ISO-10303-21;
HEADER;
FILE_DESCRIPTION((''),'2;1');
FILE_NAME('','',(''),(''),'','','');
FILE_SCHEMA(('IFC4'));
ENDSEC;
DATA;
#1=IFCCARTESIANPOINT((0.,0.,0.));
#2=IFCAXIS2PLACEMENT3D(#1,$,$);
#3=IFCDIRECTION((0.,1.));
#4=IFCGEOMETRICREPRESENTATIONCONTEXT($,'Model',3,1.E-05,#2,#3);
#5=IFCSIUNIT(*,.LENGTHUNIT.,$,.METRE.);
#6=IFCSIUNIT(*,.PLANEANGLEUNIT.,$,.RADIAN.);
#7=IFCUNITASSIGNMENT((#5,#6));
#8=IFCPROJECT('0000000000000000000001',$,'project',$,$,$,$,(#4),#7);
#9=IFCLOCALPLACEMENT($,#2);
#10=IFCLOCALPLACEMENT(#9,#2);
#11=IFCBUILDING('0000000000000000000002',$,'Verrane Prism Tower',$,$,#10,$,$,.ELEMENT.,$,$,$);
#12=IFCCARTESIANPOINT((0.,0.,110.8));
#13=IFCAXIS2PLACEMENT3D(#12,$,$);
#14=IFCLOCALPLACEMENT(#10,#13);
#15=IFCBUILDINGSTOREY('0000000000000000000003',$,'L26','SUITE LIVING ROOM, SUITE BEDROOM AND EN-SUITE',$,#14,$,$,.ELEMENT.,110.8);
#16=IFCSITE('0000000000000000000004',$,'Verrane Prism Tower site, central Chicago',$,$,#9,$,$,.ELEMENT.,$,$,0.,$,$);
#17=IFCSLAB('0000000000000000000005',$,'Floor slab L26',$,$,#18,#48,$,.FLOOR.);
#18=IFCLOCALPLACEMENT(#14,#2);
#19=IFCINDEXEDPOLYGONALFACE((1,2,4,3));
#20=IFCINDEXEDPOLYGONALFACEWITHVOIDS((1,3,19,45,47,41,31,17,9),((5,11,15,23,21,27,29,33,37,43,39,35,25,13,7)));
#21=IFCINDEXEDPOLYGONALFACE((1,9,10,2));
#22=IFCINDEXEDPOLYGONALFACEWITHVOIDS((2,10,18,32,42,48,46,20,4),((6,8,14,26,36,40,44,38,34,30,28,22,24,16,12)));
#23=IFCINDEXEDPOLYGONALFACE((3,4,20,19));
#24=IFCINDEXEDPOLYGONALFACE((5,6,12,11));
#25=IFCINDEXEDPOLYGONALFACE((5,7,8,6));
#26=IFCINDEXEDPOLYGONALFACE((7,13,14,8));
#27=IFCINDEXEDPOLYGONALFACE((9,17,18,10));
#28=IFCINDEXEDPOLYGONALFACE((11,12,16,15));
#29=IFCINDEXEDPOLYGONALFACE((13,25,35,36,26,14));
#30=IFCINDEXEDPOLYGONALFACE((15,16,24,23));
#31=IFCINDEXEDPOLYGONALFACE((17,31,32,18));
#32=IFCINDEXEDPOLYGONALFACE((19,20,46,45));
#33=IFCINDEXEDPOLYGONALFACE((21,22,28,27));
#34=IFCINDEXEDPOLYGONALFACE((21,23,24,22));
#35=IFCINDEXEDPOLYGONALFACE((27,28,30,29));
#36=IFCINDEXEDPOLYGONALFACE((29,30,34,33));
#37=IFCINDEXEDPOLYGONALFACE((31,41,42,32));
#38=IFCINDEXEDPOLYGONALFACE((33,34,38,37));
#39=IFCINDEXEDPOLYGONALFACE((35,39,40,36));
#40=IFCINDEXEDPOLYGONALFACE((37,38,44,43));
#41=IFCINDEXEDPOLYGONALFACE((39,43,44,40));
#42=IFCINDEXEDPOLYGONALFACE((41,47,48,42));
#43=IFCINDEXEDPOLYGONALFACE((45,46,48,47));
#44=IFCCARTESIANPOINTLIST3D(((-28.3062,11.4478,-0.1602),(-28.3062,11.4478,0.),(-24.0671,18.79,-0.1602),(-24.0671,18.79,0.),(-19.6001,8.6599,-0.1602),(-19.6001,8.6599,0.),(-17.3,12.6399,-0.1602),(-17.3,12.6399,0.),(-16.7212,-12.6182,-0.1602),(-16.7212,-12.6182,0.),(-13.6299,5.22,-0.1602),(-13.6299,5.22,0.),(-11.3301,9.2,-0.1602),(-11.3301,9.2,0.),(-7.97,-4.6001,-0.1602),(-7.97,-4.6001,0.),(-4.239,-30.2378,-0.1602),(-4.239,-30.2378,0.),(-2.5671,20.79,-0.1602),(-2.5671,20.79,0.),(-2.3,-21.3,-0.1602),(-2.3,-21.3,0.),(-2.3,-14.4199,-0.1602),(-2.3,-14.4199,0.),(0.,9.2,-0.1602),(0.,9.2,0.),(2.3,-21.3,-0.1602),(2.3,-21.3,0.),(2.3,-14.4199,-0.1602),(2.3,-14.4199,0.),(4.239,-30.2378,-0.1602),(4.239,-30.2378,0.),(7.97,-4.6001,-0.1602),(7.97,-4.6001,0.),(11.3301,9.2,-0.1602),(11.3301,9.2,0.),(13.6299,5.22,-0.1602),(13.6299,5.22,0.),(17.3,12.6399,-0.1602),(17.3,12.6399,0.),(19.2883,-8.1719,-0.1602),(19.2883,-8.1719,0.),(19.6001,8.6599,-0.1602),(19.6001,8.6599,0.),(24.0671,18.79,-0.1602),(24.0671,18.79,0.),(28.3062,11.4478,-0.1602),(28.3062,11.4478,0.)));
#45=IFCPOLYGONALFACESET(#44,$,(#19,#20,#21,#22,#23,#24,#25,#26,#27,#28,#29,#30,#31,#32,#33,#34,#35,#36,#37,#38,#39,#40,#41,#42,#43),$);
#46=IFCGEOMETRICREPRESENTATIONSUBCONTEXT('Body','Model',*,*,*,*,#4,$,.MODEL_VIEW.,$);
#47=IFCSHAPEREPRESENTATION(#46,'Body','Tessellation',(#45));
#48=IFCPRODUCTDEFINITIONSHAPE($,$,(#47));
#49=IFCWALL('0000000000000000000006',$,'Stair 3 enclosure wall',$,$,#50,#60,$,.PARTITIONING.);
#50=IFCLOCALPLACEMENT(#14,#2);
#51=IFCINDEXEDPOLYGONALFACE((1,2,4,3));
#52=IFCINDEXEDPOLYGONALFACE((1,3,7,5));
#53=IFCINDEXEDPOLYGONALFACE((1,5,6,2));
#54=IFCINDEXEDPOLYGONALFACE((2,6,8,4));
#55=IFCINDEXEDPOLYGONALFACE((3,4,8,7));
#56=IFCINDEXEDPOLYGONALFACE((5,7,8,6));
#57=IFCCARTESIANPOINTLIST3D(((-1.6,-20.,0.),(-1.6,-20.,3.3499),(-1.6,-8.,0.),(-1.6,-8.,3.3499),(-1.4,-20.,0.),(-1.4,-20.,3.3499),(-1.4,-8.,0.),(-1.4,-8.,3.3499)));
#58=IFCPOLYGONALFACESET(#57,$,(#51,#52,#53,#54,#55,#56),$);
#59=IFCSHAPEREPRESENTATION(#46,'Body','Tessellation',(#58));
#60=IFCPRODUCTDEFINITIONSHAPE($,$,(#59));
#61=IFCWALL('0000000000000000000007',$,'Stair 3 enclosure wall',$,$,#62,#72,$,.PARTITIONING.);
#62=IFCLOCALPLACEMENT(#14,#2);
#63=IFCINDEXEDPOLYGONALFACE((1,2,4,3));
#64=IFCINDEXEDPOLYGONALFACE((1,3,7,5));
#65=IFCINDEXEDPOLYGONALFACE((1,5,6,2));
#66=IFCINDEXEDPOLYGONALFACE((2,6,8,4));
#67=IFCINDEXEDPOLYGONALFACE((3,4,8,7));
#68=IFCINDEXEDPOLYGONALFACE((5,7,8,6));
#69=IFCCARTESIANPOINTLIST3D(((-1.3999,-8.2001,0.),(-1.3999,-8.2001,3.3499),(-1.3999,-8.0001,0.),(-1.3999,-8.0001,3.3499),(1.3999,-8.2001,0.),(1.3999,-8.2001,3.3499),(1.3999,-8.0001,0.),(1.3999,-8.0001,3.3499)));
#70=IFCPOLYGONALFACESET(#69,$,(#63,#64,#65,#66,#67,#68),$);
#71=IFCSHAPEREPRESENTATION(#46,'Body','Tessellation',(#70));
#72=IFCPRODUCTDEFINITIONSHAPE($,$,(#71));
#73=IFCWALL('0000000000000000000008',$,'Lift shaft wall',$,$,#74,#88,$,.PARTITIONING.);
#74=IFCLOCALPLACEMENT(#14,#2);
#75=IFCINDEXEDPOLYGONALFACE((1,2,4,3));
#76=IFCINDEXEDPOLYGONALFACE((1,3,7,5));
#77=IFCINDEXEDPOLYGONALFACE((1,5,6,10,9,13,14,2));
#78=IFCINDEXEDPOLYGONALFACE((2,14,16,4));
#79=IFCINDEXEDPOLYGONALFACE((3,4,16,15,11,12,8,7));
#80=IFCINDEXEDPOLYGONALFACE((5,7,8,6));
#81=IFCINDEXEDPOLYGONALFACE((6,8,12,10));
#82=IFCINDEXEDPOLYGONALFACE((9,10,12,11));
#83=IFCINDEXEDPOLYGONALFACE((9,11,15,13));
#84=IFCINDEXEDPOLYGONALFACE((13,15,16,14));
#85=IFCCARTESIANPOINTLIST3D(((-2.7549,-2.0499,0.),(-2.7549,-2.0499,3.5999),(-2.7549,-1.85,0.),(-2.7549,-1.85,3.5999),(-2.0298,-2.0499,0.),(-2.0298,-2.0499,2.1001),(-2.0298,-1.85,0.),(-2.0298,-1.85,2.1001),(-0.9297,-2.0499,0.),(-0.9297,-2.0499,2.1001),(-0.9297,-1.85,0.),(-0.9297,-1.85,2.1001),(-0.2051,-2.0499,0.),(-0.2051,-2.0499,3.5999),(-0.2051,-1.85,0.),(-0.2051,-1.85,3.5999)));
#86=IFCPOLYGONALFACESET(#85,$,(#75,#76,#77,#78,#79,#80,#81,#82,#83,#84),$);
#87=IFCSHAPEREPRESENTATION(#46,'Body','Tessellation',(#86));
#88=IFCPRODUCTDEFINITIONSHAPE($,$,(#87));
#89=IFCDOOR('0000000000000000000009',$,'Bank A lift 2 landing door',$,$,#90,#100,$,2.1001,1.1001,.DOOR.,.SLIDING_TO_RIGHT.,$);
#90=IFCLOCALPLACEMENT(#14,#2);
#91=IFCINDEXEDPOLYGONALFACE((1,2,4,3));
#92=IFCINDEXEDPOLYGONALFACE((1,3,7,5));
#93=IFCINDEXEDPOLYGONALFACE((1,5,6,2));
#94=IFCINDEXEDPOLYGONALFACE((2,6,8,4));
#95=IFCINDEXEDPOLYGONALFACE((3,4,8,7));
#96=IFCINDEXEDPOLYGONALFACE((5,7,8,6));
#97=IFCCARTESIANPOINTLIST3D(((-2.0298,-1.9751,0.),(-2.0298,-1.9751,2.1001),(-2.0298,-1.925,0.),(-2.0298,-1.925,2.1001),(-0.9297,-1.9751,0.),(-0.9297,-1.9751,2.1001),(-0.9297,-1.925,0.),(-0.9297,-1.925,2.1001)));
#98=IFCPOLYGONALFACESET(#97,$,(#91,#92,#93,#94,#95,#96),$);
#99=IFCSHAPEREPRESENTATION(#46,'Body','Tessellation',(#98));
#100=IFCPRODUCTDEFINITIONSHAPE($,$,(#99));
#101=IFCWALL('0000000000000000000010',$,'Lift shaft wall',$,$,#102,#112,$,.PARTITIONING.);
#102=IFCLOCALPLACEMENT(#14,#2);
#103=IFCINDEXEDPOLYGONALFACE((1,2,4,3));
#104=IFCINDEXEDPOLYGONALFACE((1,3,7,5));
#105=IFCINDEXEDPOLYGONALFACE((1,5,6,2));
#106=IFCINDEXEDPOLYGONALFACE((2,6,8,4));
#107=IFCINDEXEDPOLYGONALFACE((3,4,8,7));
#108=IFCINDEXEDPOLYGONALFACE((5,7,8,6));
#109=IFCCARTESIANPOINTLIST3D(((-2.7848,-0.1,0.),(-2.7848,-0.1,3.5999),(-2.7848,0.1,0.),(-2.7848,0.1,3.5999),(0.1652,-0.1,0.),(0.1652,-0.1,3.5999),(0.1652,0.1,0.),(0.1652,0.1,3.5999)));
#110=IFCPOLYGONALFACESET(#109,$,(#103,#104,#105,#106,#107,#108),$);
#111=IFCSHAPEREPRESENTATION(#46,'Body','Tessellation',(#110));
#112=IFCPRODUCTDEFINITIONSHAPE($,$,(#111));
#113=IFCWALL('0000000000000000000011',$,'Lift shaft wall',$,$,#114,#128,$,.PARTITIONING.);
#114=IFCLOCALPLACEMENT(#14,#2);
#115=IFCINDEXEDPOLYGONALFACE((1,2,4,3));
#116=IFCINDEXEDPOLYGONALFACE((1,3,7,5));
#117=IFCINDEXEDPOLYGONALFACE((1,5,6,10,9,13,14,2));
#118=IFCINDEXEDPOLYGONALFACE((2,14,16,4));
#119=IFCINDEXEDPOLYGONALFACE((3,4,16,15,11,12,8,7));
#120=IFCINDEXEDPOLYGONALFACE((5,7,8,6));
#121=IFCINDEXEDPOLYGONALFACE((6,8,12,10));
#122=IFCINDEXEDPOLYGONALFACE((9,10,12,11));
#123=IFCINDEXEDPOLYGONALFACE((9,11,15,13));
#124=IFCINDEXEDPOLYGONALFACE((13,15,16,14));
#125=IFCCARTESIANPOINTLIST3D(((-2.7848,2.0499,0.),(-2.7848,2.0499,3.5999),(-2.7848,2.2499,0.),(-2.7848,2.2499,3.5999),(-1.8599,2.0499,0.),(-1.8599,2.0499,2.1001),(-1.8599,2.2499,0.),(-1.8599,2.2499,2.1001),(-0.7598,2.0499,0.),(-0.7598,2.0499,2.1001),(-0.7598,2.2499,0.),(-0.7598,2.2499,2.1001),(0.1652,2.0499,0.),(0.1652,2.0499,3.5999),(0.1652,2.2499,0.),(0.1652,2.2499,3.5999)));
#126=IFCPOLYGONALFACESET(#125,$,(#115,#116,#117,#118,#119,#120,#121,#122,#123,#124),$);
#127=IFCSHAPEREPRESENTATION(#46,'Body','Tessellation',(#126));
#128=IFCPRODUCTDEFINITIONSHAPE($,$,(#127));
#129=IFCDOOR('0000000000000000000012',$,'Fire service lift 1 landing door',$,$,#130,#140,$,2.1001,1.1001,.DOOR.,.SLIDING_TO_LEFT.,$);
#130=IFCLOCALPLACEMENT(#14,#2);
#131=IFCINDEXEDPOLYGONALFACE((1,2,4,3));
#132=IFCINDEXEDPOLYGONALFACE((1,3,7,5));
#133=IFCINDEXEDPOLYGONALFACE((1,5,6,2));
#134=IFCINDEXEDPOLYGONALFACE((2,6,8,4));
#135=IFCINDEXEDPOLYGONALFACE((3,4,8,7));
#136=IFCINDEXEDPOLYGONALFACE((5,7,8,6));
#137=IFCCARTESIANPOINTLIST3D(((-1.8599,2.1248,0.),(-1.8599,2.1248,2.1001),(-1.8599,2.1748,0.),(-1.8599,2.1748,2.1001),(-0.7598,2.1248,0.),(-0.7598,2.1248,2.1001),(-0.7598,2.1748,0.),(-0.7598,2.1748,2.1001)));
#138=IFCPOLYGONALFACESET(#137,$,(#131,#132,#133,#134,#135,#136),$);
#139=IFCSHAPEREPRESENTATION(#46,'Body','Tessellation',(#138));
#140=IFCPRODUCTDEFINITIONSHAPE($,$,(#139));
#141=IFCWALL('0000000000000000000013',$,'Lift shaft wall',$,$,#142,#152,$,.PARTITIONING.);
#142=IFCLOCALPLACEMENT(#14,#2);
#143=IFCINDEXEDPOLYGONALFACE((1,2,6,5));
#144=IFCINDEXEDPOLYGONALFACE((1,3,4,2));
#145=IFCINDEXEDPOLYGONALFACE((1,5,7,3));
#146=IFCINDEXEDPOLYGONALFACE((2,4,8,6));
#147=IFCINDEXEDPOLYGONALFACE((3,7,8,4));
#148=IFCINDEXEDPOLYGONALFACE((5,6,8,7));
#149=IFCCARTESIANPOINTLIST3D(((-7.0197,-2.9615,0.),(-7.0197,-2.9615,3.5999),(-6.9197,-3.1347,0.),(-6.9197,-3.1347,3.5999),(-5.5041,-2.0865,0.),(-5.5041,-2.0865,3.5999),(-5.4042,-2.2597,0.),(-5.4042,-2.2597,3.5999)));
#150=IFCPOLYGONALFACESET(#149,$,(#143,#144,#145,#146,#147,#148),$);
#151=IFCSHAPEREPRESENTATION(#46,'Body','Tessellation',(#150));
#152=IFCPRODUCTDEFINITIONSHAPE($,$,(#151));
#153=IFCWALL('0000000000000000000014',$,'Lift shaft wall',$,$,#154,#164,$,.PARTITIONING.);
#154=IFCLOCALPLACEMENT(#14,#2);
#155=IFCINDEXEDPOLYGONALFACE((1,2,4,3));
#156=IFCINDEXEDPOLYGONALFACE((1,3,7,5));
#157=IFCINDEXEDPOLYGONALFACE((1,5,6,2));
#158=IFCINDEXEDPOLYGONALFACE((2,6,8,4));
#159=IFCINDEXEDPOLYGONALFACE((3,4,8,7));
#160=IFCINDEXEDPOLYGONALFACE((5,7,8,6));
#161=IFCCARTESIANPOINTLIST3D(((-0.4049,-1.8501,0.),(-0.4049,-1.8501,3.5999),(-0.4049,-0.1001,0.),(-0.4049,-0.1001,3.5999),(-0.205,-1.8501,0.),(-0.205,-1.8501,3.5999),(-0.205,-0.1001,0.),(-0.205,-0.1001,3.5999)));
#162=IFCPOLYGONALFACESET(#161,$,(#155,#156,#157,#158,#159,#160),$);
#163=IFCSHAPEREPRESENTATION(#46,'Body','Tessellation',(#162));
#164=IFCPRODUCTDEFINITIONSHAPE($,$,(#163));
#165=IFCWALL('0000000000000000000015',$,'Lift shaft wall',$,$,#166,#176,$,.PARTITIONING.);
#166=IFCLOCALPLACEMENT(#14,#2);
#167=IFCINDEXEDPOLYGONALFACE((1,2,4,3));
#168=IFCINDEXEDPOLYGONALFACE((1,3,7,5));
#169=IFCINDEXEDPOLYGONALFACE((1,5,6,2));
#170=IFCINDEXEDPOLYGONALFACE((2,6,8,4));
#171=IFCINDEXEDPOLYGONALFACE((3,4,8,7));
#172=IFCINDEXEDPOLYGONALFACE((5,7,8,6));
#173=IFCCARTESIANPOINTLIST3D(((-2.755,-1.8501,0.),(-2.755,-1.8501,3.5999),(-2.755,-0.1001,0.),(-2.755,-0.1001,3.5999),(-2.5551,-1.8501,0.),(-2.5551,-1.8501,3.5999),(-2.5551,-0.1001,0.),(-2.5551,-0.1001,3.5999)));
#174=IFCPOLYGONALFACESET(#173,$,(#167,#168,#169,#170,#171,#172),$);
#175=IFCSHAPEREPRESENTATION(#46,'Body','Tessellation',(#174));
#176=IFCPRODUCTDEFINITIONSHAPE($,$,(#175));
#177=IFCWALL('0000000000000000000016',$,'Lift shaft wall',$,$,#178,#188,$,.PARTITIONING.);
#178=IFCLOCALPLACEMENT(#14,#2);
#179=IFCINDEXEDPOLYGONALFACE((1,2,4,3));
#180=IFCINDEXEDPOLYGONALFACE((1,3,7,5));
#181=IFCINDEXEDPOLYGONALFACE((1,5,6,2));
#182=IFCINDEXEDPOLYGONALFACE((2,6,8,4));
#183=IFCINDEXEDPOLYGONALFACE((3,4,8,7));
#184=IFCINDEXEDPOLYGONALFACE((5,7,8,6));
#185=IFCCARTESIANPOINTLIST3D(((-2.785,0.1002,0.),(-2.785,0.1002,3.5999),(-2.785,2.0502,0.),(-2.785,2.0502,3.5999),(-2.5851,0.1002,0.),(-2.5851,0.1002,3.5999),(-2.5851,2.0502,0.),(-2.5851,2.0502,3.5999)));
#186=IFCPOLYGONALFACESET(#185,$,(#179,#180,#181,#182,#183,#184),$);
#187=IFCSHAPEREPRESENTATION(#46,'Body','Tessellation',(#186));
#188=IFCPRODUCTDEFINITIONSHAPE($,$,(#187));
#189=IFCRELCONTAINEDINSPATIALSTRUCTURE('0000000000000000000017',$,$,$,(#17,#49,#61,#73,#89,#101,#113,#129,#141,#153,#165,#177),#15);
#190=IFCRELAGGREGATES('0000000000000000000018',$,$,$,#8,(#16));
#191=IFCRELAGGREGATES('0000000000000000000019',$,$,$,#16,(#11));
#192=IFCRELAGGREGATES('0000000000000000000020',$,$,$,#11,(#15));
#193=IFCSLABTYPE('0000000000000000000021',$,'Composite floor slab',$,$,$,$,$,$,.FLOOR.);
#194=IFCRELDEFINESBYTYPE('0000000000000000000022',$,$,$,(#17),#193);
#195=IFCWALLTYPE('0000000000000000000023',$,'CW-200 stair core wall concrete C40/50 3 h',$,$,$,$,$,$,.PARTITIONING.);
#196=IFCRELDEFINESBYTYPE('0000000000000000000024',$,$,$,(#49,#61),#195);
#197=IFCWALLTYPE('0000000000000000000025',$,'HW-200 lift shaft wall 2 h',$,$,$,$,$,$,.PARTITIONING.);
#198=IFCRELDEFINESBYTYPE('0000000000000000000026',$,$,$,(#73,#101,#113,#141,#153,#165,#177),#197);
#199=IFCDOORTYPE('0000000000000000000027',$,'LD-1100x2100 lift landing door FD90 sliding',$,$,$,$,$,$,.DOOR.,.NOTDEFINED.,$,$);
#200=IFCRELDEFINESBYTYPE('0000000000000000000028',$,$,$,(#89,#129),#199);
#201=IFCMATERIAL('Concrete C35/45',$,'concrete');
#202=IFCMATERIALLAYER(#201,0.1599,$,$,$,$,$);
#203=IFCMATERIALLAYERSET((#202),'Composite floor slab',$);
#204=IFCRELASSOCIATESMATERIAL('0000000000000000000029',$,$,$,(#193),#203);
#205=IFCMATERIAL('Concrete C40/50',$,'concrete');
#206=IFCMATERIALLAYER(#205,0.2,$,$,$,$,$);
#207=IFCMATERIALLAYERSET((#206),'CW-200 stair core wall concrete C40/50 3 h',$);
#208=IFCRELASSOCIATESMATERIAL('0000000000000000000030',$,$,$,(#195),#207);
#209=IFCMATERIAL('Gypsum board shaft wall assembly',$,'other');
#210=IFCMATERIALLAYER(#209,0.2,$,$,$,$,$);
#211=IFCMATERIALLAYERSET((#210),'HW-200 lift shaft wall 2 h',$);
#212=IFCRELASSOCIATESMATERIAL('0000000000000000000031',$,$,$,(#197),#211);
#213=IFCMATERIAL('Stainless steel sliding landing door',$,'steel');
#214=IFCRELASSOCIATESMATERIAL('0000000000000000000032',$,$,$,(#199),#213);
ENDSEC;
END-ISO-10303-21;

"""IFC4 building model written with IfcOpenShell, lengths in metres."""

from ifc_helpers import new_model, si_unit, direction, frame, frame_2d, origin, place, context, subcontext, project, spatial, polyline, rectangle, outline, extrude, material, layer, layer_set, type_object, element, fill, save


model = new_model("IFC4")

# Units and contexts
model_context = context("Model", 3, precision=1e-05, world=origin(), true_north=direction((0.0, 1.0)))
body_context = subcontext(model_context, "Body", "Model", "MODEL_VIEW")
ifc_project = project(units=[si_unit("LENGTHUNIT", "METRE"), si_unit("PLANEANGLEUNIT", "RADIAN")], contexts=[model_context])

# Site, building, storey
site_placement = place(None, origin())
site = spatial("IfcSite", under=ifc_project, at=site_placement, Name="Verrane Prism Tower site, central Chicago", CompositionType="ELEMENT", RefElevation=0.0)
building_placement = place(site_placement, origin())
building = spatial("IfcBuilding", under=site, at=building_placement, Name="Verrane Prism Tower", CompositionType="ELEMENT")
storey_placement = place(building_placement, frame((0.0, 0.0, 110.8)))
storey = spatial("IfcBuildingStorey", under=building, at=storey_placement, Name="L26", Description="SUITE LIVING ROOM, SUITE BEDROOM AND EN-SUITE", CompositionType="ELEMENT", Elevation=110.8)

# Slab
ifc_material_1 = material(Name="Concrete C35/45", Category="concrete")
ifc_layer_1 = layer(ifc_material_1, 0.1599)
ifc_layer_set_1 = layer_set([ifc_layer_1], Name="Composite floor slab")
slab_type = type_object("IfcSlabType", Name="Composite floor slab", PredefinedType="FLOOR", material=ifc_layer_set_1)
slab_placement = place(storey_placement, frame((0.0, 0.0, -0.1602)))
element("IfcSlab", 1, at=slab_placement, inside=storey, type_object=slab_type, Name="Floor slab L26", PredefinedType="FLOOR", context=body_context, shape_type="SweptSolid", body=[
    extrude(outline(polyline([(19.2883, -8.1719), (4.239, -30.2378), (-4.239, -30.2378), (-16.7212, -12.6182), (-28.3062, 11.4478), (-24.0671, 18.79), (-2.5671, 20.79), (24.0671, 18.79), (28.3062, 11.4478), (19.2883, -8.1719)]), holes=[polyline([(19.6001, 8.6599), (17.3, 12.6399), (11.3301, 9.2), (0.0, 9.2), (-11.3301, 9.2), (-17.3, 12.6399), (-19.6001, 8.6599), (-13.6299, 5.22), (-7.97, -4.6001), (-2.3, -14.4199), (-2.3, -21.3), (2.3, -21.3), (2.3, -14.4199), (7.97, -4.6001), (13.6299, 5.22), (19.6001, 8.6599)])]), origin(), (0.0, 0.0, 1.0), 0.1602),
])

# Walls
ifc_material_2 = material(Name="Concrete C40/50", Category="concrete")
ifc_layer_2 = layer(ifc_material_2, 0.2)
ifc_layer_set_2 = layer_set([ifc_layer_2], Name="CW-200 stair core wall concrete C40/50 3 h")
wall_type_1 = type_object("IfcWallType", Name="CW-200 stair core wall concrete C40/50 3 h", PredefinedType="PARTITIONING", material=ifc_layer_set_2)
wall_1_placement = place(storey_placement, frame((-1.5, -8.0, 0.0), z_axis=(0.0, 0.0, 1.0), x_axis=(0.0, -1.0, 0.0)))
element("IfcWall", 2, at=wall_1_placement, inside=storey, type_object=wall_type_1, Name="Stair 3 enclosure wall", PredefinedType="PARTITIONING", context=body_context, shape_type="SweptSolid", body=[
    extrude(rectangle(XDim=12.0, YDim=0.2, at=frame_2d((6.0, 0.0))), origin(), (0.0, 0.0, 1.0), 3.3499),
])
wall_2_placement = place(storey_placement, frame((-1.3999, -8.1001, 0.0), z_axis=(0.0, 0.0, 1.0), x_axis=(1.0, 0.0, 0.0)))
element("IfcWall", 3, at=wall_2_placement, inside=storey, type_object=wall_type_1, Name="Stair 3 enclosure wall", PredefinedType="PARTITIONING", context=body_context, shape_type="SweptSolid", body=[
    extrude(rectangle(XDim=2.7998, YDim=0.2, at=frame_2d((1.3999, 0.0))), origin(), (0.0, 0.0, 1.0), 3.3499),
])

# Wall, opening, door
ifc_material_3 = material(Name="Gypsum board shaft wall assembly", Category="other")
ifc_layer_3 = layer(ifc_material_3, 0.2)
ifc_layer_set_3 = layer_set([ifc_layer_3], Name="HW-200 lift shaft wall 2 h")
wall_type_2 = type_object("IfcWallType", Name="HW-200 lift shaft wall 2 h", PredefinedType="PARTITIONING", material=ifc_layer_set_3)
wall_3_placement = place(storey_placement, frame((-2.7549, -1.95, 0.0), z_axis=(0.0, 0.0, 1.0), x_axis=(1.0, 0.0, 0.0)))
wall_3 = element("IfcWall", 4, at=wall_3_placement, inside=storey, type_object=wall_type_2, Name="Lift shaft wall", PredefinedType="PARTITIONING", context=body_context, shape_type="SweptSolid", body=[
    extrude(rectangle(XDim=2.5498, YDim=0.2, at=frame_2d((1.2749, 0.0))), origin(), (0.0, 0.0, 1.0), 3.5999),
])
opening_1_placement = place(wall_3_placement, frame((0.7251, 0.0, 0.0)))
opening_1 = element("IfcOpeningElement", 5, at=opening_1_placement, cuts=wall_3, PredefinedType="OPENING", context=body_context, shape_type="SweptSolid", body=[
    extrude(rectangle(XDim=1.1001, YDim=2.1001, at=frame_2d((0.55, 1.05))), frame((0.0, 0.1099, 0.0), z_axis=(0.0, -1.0, 0.0), x_axis=(1.0, 0.0, 0.0)), (0.0, 0.0, 1.0), 0.22),
])
ifc_material_4 = material(Name="Stainless steel sliding landing door", Category="steel")
door_type_1 = type_object("IfcDoorType", Name="LD-1100x2100 lift landing door FD90 sliding", OperationType="NOTDEFINED", PredefinedType="DOOR", material=ifc_material_4)
door_1_placement = place(opening_1_placement, origin())
door_1 = element("IfcDoor", 6, at=door_1_placement, inside=storey, type_object=door_type_1, Name="Bank A lift 2 landing door", OperationType="SLIDING_TO_RIGHT", OverallHeight=2.1001, OverallWidth=1.1001, PredefinedType="DOOR", context=body_context, shape_type="SweptSolid", body=[
    extrude(rectangle(XDim=1.1001, YDim=2.1001, at=frame_2d((0.55, 1.05))), frame((0.0, 0.0249, 0.0), z_axis=(0.0, -1.0, 0.0), x_axis=(1.0, 0.0, 0.0)), (0.0, 0.0, 1.0), 0.05),
])
fill(opening_1, door_1)

# Wall
wall_4_placement = place(storey_placement, frame((-2.7849, 0.0, 0.0), z_axis=(0.0, 0.0, 1.0), x_axis=(1.0, 0.0, 0.0)))
element("IfcWall", 7, at=wall_4_placement, inside=storey, type_object=wall_type_2, Name="Lift shaft wall", PredefinedType="PARTITIONING", context=body_context, shape_type="SweptSolid", body=[
    extrude(rectangle(XDim=2.95, YDim=0.2, at=frame_2d((1.4751, 0.0))), origin(), (0.0, 0.0, 1.0), 3.5999),
])

# Wall, opening, door
wall_5_placement = place(storey_placement, frame((-2.7849, 2.1499, 0.0), z_axis=(0.0, 0.0, 1.0), x_axis=(1.0, 0.0, 0.0)))
wall_5 = element("IfcWall", 8, at=wall_5_placement, inside=storey, type_object=wall_type_2, Name="Lift shaft wall", PredefinedType="PARTITIONING", context=body_context, shape_type="SweptSolid", body=[
    extrude(rectangle(XDim=2.95, YDim=0.2, at=frame_2d((1.4751, 0.0))), origin(), (0.0, 0.0, 1.0), 3.5999),
])
opening_2_placement = place(wall_5_placement, frame((0.925, 0.0, 0.0)))
opening_2 = element("IfcOpeningElement", 9, at=opening_2_placement, cuts=wall_5, PredefinedType="OPENING", context=body_context, shape_type="SweptSolid", body=[
    extrude(rectangle(XDim=1.1001, YDim=2.1001, at=frame_2d((0.55, 1.05))), frame((0.0, 0.1099, 0.0), z_axis=(0.0, -1.0, 0.0), x_axis=(1.0, 0.0, 0.0)), (0.0, 0.0, 1.0), 0.22),
])
door_2_placement = place(opening_2_placement, origin())
door_2 = element("IfcDoor", 10, at=door_2_placement, inside=storey, type_object=door_type_1, Name="Fire service lift 1 landing door", OperationType="SLIDING_TO_LEFT", OverallHeight=2.1001, OverallWidth=1.1001, PredefinedType="DOOR", context=body_context, shape_type="SweptSolid", body=[
    extrude(rectangle(XDim=1.1001, YDim=2.1001, at=frame_2d((0.55, 1.05))), frame((0.0, 0.0249, 0.0), z_axis=(0.0, -1.0, 0.0), x_axis=(1.0, 0.0, 0.0)), (0.0, 0.0, 1.0), 0.05),
])
fill(opening_2, door_2)

# Walls
for number, where, z_axis, x_axis, name in (
    (11, (-6.9697, -3.0481, 0.0), (0.0, 0.0, 1.0), (0.866037, 0.49998, 0.0), "Lift shaft wall"),
    (12, (-0.3049, -1.8501, 0.0), (0.0, 0.0, 1.0), (0.0, 1.0, 0.0), "Lift shaft wall"),
    (13, (-2.655, -1.8501, 0.0), (0.0, 0.0, 1.0), (0.0, 1.0, 0.0), "Lift shaft wall"),
):
    element("IfcWall", number, at=place(storey_placement, frame(where, z_axis=z_axis, x_axis=x_axis)), inside=storey, type_object=wall_type_2, Name=name, PredefinedType="PARTITIONING", context=body_context, shape_type="SweptSolid", body=[
        extrude(rectangle(XDim=1.75, YDim=0.2, at=frame_2d((0.875, 0.0))), origin(), (0.0, 0.0, 1.0), 3.5999),
    ])
wall_6_placement = place(storey_placement, frame((-2.6851, 0.1001, 0.0), z_axis=(0.0, 0.0, 1.0), x_axis=(0.0, 1.0, 0.0)))
element("IfcWall", 14, at=wall_6_placement, inside=storey, type_object=wall_type_2, Name="Lift shaft wall", PredefinedType="PARTITIONING", context=body_context, shape_type="SweptSolid", body=[
    extrude(rectangle(XDim=1.95, YDim=0.2, at=frame_2d((0.9751, 0.0))), origin(), (0.0, 0.0, 1.0), 3.5999),
])

save(model, "model.ifc")
